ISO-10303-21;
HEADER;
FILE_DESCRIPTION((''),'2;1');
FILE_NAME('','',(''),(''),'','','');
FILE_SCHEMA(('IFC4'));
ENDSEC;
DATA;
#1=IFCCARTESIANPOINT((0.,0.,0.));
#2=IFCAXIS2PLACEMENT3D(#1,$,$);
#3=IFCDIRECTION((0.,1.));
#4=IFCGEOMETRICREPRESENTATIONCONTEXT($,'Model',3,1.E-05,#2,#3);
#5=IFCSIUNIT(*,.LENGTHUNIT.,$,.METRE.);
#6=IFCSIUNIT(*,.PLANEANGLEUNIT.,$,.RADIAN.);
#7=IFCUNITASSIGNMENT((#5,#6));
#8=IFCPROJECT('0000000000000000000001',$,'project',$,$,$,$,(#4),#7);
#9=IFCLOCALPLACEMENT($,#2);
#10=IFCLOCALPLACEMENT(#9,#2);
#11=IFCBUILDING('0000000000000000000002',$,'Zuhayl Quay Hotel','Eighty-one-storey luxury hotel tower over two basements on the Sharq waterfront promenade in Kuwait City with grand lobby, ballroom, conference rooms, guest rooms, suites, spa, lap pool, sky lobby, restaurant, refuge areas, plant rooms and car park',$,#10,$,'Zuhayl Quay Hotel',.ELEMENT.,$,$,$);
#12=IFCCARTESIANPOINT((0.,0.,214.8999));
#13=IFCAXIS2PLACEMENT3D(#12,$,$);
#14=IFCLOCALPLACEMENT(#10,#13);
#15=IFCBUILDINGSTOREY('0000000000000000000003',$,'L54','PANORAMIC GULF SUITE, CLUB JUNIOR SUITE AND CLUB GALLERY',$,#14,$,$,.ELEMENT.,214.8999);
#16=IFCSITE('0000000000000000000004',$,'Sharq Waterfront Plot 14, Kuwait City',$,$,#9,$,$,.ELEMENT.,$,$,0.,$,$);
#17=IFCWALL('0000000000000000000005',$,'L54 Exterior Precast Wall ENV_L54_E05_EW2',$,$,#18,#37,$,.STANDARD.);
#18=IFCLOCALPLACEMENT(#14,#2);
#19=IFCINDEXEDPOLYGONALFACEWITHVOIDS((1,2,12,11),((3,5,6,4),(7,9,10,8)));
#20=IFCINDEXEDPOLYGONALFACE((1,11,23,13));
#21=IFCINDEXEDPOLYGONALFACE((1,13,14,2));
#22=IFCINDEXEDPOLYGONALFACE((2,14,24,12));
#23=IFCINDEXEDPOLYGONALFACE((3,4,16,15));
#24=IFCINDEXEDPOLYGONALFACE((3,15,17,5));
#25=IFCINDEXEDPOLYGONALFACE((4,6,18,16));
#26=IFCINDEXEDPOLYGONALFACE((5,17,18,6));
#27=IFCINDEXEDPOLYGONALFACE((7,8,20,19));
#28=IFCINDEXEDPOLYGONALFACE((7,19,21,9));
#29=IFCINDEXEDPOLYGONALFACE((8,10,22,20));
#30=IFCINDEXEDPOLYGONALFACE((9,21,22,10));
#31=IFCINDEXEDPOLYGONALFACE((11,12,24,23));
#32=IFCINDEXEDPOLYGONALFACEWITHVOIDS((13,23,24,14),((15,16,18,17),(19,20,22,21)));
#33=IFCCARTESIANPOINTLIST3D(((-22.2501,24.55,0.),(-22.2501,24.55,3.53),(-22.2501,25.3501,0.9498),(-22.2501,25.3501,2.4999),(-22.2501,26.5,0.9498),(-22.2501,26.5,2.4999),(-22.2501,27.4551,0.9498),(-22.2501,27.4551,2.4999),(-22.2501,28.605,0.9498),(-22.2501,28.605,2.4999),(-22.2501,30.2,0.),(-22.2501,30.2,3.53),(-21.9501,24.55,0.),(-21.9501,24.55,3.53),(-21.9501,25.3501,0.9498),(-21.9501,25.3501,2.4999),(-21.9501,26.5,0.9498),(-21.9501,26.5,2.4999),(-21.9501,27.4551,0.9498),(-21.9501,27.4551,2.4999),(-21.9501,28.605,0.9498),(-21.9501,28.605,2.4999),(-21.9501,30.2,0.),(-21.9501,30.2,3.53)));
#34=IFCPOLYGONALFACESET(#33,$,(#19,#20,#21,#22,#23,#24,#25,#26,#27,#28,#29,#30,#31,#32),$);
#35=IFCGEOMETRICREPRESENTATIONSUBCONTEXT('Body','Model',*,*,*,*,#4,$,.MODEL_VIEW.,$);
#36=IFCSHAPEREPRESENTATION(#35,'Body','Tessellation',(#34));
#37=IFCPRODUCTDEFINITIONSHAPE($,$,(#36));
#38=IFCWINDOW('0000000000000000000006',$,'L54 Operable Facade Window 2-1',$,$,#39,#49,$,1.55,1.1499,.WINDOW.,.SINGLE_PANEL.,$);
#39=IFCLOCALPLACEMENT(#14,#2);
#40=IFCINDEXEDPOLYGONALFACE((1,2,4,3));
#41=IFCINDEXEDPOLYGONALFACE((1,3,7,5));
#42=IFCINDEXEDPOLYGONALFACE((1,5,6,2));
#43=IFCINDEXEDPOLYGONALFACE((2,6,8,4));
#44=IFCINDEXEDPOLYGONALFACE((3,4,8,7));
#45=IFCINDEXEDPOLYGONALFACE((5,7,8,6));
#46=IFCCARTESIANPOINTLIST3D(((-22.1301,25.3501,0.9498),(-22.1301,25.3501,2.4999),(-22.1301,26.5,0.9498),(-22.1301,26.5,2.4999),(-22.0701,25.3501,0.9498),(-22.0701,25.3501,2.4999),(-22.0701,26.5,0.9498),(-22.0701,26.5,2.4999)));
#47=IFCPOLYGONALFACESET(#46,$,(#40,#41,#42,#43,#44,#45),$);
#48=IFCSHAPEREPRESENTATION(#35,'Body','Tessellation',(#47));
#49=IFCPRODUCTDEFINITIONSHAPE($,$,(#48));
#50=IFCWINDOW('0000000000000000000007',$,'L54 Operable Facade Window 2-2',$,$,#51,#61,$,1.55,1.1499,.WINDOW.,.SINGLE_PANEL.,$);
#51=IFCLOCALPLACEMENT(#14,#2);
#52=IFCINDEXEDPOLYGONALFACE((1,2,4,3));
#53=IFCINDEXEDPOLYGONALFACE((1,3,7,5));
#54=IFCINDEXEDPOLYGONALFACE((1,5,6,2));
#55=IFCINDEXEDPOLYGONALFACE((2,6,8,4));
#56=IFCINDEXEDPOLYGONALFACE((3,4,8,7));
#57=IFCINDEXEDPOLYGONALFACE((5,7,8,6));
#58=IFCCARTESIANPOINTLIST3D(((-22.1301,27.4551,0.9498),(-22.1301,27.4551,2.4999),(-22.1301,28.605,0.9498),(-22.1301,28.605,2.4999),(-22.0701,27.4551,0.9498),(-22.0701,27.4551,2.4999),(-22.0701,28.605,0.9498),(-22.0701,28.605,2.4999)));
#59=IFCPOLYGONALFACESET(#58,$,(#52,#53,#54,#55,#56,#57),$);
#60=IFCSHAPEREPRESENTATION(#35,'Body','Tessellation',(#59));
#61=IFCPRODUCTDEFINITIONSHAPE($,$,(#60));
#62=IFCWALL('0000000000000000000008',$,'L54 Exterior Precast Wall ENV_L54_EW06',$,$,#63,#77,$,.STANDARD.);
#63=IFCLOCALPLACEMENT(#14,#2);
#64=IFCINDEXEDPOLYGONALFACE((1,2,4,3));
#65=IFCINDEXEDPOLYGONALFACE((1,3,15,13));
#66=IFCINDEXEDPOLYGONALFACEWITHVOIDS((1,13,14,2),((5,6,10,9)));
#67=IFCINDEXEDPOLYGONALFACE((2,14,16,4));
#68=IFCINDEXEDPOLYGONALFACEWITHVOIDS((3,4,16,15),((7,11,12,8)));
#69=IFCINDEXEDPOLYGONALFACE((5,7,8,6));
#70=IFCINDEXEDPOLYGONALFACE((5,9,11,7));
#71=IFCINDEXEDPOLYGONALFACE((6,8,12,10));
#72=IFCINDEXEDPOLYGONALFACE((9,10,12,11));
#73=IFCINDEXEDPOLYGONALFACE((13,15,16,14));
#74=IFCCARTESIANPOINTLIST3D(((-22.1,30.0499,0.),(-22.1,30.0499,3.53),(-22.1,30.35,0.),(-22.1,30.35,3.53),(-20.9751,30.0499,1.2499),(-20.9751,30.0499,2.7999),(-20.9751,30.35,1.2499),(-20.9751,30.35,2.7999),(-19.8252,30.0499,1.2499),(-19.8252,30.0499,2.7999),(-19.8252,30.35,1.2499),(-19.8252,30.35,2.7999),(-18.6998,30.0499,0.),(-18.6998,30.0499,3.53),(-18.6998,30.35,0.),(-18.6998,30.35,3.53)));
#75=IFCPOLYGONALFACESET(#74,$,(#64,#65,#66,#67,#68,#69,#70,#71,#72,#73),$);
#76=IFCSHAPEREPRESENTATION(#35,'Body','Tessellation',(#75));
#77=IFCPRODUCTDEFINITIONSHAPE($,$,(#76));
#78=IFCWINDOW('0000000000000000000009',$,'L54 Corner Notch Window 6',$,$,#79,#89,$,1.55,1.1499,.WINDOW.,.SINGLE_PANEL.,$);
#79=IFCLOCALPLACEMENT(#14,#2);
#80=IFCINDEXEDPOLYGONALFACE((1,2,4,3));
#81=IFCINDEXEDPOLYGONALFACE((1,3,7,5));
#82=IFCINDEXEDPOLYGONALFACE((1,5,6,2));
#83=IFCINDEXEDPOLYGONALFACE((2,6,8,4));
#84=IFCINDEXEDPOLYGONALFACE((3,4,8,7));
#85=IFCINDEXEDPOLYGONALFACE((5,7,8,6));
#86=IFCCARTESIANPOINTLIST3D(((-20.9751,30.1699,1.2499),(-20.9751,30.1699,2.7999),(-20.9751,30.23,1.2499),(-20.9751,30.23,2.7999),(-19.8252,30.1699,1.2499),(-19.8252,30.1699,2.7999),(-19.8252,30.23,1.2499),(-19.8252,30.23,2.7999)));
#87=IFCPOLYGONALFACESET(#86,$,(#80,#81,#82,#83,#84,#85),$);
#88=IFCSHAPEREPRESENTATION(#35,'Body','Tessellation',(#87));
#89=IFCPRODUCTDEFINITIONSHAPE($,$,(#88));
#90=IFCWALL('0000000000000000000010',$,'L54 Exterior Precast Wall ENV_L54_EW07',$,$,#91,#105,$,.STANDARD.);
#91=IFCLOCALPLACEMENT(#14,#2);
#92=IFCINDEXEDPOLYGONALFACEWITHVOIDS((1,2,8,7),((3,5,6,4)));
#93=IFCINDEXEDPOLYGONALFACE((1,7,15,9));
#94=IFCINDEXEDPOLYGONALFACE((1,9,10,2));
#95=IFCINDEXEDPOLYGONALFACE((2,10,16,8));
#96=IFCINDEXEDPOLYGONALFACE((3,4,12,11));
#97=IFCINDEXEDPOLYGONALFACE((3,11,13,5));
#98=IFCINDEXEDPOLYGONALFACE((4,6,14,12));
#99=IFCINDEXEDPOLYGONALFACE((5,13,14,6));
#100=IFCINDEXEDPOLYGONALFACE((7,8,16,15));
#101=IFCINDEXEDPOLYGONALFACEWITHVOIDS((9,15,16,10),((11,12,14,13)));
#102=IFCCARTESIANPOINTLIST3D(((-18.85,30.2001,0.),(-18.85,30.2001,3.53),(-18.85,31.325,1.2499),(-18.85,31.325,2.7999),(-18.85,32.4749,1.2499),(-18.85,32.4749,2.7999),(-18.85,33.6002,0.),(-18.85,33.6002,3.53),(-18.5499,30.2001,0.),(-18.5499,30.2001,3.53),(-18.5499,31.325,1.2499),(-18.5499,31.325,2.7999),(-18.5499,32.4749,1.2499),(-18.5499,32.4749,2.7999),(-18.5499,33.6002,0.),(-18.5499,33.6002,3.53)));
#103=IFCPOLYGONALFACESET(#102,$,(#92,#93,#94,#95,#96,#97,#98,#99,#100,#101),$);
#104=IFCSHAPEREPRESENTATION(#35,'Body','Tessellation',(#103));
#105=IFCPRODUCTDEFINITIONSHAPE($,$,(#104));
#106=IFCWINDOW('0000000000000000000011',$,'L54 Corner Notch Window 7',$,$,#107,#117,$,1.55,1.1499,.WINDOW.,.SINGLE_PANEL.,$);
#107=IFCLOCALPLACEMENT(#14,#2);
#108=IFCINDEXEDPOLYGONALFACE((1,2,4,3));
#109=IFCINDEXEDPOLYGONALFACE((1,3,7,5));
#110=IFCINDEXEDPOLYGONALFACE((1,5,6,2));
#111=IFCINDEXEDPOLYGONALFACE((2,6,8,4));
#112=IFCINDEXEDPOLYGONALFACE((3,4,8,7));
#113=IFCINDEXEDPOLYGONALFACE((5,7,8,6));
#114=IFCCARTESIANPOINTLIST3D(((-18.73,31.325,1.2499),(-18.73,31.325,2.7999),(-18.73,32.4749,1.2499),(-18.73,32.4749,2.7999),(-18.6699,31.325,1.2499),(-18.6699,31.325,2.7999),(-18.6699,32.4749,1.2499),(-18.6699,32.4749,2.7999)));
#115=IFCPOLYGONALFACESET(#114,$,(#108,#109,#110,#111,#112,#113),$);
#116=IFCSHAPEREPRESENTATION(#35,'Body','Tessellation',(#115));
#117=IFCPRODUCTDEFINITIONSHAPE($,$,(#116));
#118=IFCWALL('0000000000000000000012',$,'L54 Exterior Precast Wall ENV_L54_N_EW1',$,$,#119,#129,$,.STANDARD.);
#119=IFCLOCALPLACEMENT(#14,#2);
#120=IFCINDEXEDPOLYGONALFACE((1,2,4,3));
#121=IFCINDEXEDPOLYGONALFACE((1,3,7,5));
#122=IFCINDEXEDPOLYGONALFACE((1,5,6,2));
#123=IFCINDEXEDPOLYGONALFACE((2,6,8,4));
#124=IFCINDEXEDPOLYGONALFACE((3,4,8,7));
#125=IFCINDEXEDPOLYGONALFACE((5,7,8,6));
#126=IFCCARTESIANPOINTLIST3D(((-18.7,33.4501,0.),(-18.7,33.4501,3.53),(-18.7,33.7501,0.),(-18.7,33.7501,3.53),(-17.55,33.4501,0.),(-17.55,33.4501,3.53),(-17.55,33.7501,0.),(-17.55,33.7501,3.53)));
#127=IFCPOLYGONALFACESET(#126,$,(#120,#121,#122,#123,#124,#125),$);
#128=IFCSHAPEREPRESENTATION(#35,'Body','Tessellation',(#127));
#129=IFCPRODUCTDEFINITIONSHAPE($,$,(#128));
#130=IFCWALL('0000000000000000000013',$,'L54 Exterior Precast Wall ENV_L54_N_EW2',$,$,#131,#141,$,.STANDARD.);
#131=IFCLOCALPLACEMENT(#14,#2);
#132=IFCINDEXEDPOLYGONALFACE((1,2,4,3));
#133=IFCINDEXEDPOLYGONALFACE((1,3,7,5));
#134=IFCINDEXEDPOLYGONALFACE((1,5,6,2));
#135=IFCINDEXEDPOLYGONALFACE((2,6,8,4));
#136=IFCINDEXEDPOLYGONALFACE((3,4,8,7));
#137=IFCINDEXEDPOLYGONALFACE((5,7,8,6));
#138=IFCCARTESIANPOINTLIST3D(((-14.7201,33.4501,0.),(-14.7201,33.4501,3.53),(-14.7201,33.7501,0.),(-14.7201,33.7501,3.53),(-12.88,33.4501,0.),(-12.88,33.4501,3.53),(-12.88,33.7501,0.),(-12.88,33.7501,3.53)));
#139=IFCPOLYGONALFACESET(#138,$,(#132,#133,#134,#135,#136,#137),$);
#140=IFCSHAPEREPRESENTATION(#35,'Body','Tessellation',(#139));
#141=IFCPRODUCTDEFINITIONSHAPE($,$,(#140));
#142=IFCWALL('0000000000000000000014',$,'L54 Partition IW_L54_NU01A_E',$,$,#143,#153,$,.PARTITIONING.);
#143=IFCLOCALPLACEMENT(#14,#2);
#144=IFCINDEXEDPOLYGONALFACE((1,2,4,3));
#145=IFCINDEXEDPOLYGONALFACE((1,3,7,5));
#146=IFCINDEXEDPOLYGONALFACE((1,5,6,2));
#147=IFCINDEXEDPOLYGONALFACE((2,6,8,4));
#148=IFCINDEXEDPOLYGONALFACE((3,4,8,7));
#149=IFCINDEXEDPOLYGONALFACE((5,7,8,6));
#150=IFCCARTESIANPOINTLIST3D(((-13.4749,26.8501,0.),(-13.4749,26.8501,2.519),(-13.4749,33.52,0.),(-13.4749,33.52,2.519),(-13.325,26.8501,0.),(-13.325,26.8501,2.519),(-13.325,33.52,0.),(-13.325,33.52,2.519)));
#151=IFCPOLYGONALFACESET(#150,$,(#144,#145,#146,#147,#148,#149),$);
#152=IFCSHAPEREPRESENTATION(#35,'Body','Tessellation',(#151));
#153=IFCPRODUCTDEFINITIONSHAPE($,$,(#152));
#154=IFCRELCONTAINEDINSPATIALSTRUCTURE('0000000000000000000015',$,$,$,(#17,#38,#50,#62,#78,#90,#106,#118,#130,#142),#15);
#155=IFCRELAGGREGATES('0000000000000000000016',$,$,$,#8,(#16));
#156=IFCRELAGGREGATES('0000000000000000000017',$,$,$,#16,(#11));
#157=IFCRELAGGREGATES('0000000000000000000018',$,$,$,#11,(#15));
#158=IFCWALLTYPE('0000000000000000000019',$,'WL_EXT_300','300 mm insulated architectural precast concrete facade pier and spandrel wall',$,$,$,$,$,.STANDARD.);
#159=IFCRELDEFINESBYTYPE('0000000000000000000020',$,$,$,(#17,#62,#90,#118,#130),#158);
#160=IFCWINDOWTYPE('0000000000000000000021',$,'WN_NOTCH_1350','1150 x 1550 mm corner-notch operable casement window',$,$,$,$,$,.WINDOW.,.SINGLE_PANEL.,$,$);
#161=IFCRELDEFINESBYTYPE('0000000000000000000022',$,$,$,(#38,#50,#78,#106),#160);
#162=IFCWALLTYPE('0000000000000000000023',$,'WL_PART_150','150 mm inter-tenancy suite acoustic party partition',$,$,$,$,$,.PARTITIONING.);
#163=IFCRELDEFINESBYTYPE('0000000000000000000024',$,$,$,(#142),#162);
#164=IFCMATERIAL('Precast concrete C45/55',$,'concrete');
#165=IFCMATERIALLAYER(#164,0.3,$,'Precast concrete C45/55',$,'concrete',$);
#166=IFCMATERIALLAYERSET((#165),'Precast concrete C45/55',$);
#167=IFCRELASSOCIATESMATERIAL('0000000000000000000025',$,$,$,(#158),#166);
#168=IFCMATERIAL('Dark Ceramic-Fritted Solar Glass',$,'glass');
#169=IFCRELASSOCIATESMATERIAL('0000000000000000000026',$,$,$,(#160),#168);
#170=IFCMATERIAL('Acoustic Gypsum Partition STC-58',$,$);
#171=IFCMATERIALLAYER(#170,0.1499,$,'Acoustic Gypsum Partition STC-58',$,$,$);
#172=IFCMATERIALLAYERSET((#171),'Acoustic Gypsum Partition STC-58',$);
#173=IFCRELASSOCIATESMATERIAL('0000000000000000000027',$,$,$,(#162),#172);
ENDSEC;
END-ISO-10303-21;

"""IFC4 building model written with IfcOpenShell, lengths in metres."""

from ifc_helpers import new_model, si_unit, direction, frame, frame_2d, origin, place, context, subcontext, project, spatial, rectangle, extrude, material, layer, layer_set, type_object, element, fill, save


model = new_model("IFC4")

# Units and contexts
model_context = context("Model", 3, precision=1e-05, world=origin(), true_north=direction((0.0, 1.0)))
body_context = subcontext(model_context, "Body", "Model", "MODEL_VIEW")
ifc_project = project(units=[si_unit("LENGTHUNIT", "METRE"), si_unit("PLANEANGLEUNIT", "RADIAN")], contexts=[model_context])

# Site, building, storey
site_placement = place(None, origin())
site = spatial("IfcSite", under=ifc_project, at=site_placement, Name="Sharq Waterfront Plot 14, Kuwait City", CompositionType="ELEMENT", RefElevation=0.0)
building_placement = place(site_placement, origin())
building = spatial("IfcBuilding", under=site, at=building_placement, Name="Zuhayl Quay Hotel", Description="Eighty-one-storey luxury hotel tower over two basements on the Sharq waterfront promenade in Kuwait City with grand lobby, ballroom, conference rooms, guest rooms, suites, spa, lap pool, sky lobby, restaurant, refuge areas, plant rooms and car park", LongName="Zuhayl Quay Hotel", CompositionType="ELEMENT")
storey_placement = place(building_placement, frame((0.0, 0.0, 214.8999)))
storey = spatial("IfcBuildingStorey", under=building, at=storey_placement, Name="L54", Description="PANORAMIC GULF SUITE, CLUB JUNIOR SUITE AND CLUB GALLERY", CompositionType="ELEMENT", Elevation=214.8999)

# Shared definitions
ifc_material_1 = material(Name="Dark Ceramic-Fritted Solar Glass", Category="glass")

# Wall, openings, windows
ifc_material_2 = material(Name="Precast concrete C45/55", Category="concrete")
ifc_layer_1 = layer(ifc_material_2, 0.3, Name="Precast concrete C45/55", Category="concrete")
ifc_layer_set_1 = layer_set([ifc_layer_1], Name="Precast concrete C45/55")
wall_type_1 = type_object("IfcWallType", Name="WL_EXT_300", Description="300 mm insulated architectural precast concrete facade pier and spandrel wall", PredefinedType="STANDARD", material=ifc_layer_set_1)
wall_1_placement = place(storey_placement, frame((-22.1001, 24.55, 0.0), z_axis=(0.0, 0.0, 1.0), x_axis=(0.0, 1.0, 0.0)))
wall_1 = element("IfcWall", 1, at=wall_1_placement, inside=storey, type_object=wall_type_1, Name="L54 Exterior Precast Wall ENV_L54_E05_EW2", PredefinedType="STANDARD", context=body_context, shape_type="SweptSolid", body=[
    extrude(rectangle(XDim=5.6499, YDim=0.3, at=frame_2d((2.825, 0.0))), origin(), (0.0, 0.0, 1.0), 3.53),
])
opening_1_placement = place(wall_1_placement, frame((0.8, 0.0, 0.95)))
opening_1 = element("IfcOpeningElement", 2, at=opening_1_placement, cuts=wall_1, PredefinedType="OPENING", context=body_context, shape_type="SweptSolid", body=[
    extrude(rectangle(XDim=1.1499, YDim=1.55, at=frame_2d((0.575, 0.7749))), frame((0.0, 0.1599, 0.0), z_axis=(0.0, -1.0, 0.0), x_axis=(1.0, 0.0, 0.0)), (0.0, 0.0, 1.0), 0.3201),
])
opening_2_placement = place(wall_1_placement, frame((2.905, 0.0, 0.95)))
opening_2 = element("IfcOpeningElement", 3, at=opening_2_placement, cuts=wall_1, PredefinedType="OPENING", context=body_context, shape_type="SweptSolid", body=[
    extrude(rectangle(XDim=1.1499, YDim=1.55, at=frame_2d((0.575, 0.7749))), frame((0.0, 0.1599, 0.0), z_axis=(0.0, -1.0, 0.0), x_axis=(1.0, 0.0, 0.0)), (0.0, 0.0, 1.0), 0.3201),
])
window_type = type_object("IfcWindowType", Name="WN_NOTCH_1350", Description="1150 x 1550 mm corner-notch operable casement window", PartitioningType="SINGLE_PANEL", PredefinedType="WINDOW", material=ifc_material_1)
window_1_placement = place(opening_1_placement, origin())
window_1 = element("IfcWindow", 4, at=window_1_placement, inside=storey, type_object=window_type, Name="L54 Operable Facade Window 2-1", OverallHeight=1.55, OverallWidth=1.1499, PartitioningType="SINGLE_PANEL", PredefinedType="WINDOW", context=body_context, shape_type="SweptSolid", body=[
    extrude(rectangle(XDim=1.1499, YDim=1.55, at=frame_2d((0.575, 0.7749))), frame((0.0, 0.03, 0.0), z_axis=(0.0, -1.0, 0.0), x_axis=(1.0, 0.0, 0.0)), (0.0, 0.0, 1.0), 0.0601),
])
fill(opening_1, window_1)
window_2_placement = place(opening_2_placement, origin())
window_2 = element("IfcWindow", 5, at=window_2_placement, inside=storey, type_object=window_type, Name="L54 Operable Facade Window 2-2", OverallHeight=1.55, OverallWidth=1.1499, PartitioningType="SINGLE_PANEL", PredefinedType="WINDOW", context=body_context, shape_type="SweptSolid", body=[
    extrude(rectangle(XDim=1.1499, YDim=1.55, at=frame_2d((0.575, 0.7749))), frame((0.0, 0.03, 0.0), z_axis=(0.0, -1.0, 0.0), x_axis=(1.0, 0.0, 0.0)), (0.0, 0.0, 1.0), 0.0601),
])
fill(opening_2, window_2)

# Walls, openings, windows
wall_2_placement = place(storey_placement, frame((-22.1001, 30.2, 0.0), z_axis=(0.0, 0.0, 1.0), x_axis=(1.0, 0.0, 0.0)))
wall_2 = element("IfcWall", 6, at=wall_2_placement, inside=storey, type_object=wall_type_1, Name="L54 Exterior Precast Wall ENV_L54_EW06", PredefinedType="STANDARD", context=body_context, shape_type="SweptSolid", body=[
    extrude(rectangle(XDim=3.4001, YDim=0.3, at=frame_2d((1.7002, 0.0))), origin(), (0.0, 0.0, 1.0), 3.53),
])
opening_3_placement = place(wall_2_placement, frame((1.125, 0.0, 1.25)))
opening_3 = element("IfcOpeningElement", 7, at=opening_3_placement, cuts=wall_2, PredefinedType="OPENING", context=body_context, shape_type="SweptSolid", body=[
    extrude(rectangle(XDim=1.1499, YDim=1.55, at=frame_2d((0.575, 0.7749))), frame((0.0, 0.1599, 0.0), z_axis=(0.0, -1.0, 0.0), x_axis=(1.0, 0.0, 0.0)), (0.0, 0.0, 1.0), 0.3201),
])
window_3_placement = place(opening_3_placement, origin())
window_3 = element("IfcWindow", 8, at=window_3_placement, inside=storey, type_object=window_type, Name="L54 Corner Notch Window 6", OverallHeight=1.55, OverallWidth=1.1499, PartitioningType="SINGLE_PANEL", PredefinedType="WINDOW", context=body_context, shape_type="SweptSolid", body=[
    extrude(rectangle(XDim=1.1499, YDim=1.55, at=frame_2d((0.575, 0.7749))), frame((0.0, 0.03, 0.0), z_axis=(0.0, -1.0, 0.0), x_axis=(1.0, 0.0, 0.0)), (0.0, 0.0, 1.0), 0.0601),
])
fill(opening_3, window_3)
wall_3_placement = place(storey_placement, frame((-18.7, 30.2, 0.0), z_axis=(0.0, 0.0, 1.0), x_axis=(0.0, 1.0, 0.0)))
wall_3 = element("IfcWall", 9, at=wall_3_placement, inside=storey, type_object=wall_type_1, Name="L54 Exterior Precast Wall ENV_L54_EW07", PredefinedType="STANDARD", context=body_context, shape_type="SweptSolid", body=[
    extrude(rectangle(XDim=3.4001, YDim=0.3, at=frame_2d((1.7002, 0.0))), origin(), (0.0, 0.0, 1.0), 3.53),
])
opening_4_placement = place(wall_3_placement, frame((1.125, 0.0, 1.25)))
opening_4 = element("IfcOpeningElement", 10, at=opening_4_placement, cuts=wall_3, PredefinedType="OPENING", context=body_context, shape_type="SweptSolid", body=[
    extrude(rectangle(XDim=1.1499, YDim=1.55, at=frame_2d((0.575, 0.7749))), frame((0.0, 0.1599, 0.0), z_axis=(0.0, -1.0, 0.0), x_axis=(1.0, 0.0, 0.0)), (0.0, 0.0, 1.0), 0.3201),
])
window_4_placement = place(opening_4_placement, origin())
window_4 = element("IfcWindow", 11, at=window_4_placement, inside=storey, type_object=window_type, Name="L54 Corner Notch Window 7", OverallHeight=1.55, OverallWidth=1.1499, PartitioningType="SINGLE_PANEL", PredefinedType="WINDOW", context=body_context, shape_type="SweptSolid", body=[
    extrude(rectangle(XDim=1.1499, YDim=1.55, at=frame_2d((0.575, 0.7749))), frame((0.0, 0.03, 0.0), z_axis=(0.0, -1.0, 0.0), x_axis=(1.0, 0.0, 0.0)), (0.0, 0.0, 1.0), 0.0601),
])
fill(opening_4, window_4)

# Walls
wall_4_placement = place(storey_placement, frame((-18.7, 33.6001, 0.0), z_axis=(0.0, 0.0, 1.0), x_axis=(1.0, 0.0, 0.0)))
element("IfcWall", 12, at=wall_4_placement, inside=storey, type_object=wall_type_1, Name="L54 Exterior Precast Wall ENV_L54_N_EW1", PredefinedType="STANDARD", context=body_context, shape_type="SweptSolid", body=[
    extrude(rectangle(XDim=1.1499, YDim=0.3, at=frame_2d((0.575, 0.0))), origin(), (0.0, 0.0, 1.0), 3.53),
])
wall_5_placement = place(storey_placement, frame((-14.72, 33.6001, 0.0), z_axis=(0.0, 0.0, 1.0), x_axis=(1.0, 0.0, 0.0)))
element("IfcWall", 13, at=wall_5_placement, inside=storey, type_object=wall_type_1, Name="L54 Exterior Precast Wall ENV_L54_N_EW2", PredefinedType="STANDARD", context=body_context, shape_type="SweptSolid", body=[
    extrude(rectangle(XDim=1.8401, YDim=0.3, at=frame_2d((0.9199, 0.0))), origin(), (0.0, 0.0, 1.0), 3.53),
])
ifc_material_3 = material(Name="Acoustic Gypsum Partition STC-58")
ifc_layer_2 = layer(ifc_material_3, 0.1499, Name="Acoustic Gypsum Partition STC-58")
ifc_layer_set_2 = layer_set([ifc_layer_2], Name="Acoustic Gypsum Partition STC-58")
wall_type_2 = type_object("IfcWallType", Name="WL_PART_150", Description="150 mm inter-tenancy suite acoustic party partition", PredefinedType="PARTITIONING", material=ifc_layer_set_2)
wall_6_placement = place(storey_placement, frame((-13.3999, 26.8501, 0.0), z_axis=(0.0, 0.0, 1.0), x_axis=(0.0, 1.0, 0.0)))
element("IfcWall", 14, at=wall_6_placement, inside=storey, type_object=wall_type_2, Name="L54 Partition IW_L54_NU01A_E", PredefinedType="PARTITIONING", context=body_context, shape_type="SweptSolid", body=[
    extrude(rectangle(XDim=6.6699, YDim=0.1499, at=frame_2d((3.335, 0.0))), origin(), (0.0, 0.0, 1.0), 2.519),
])

save(model, "model.ifc")
